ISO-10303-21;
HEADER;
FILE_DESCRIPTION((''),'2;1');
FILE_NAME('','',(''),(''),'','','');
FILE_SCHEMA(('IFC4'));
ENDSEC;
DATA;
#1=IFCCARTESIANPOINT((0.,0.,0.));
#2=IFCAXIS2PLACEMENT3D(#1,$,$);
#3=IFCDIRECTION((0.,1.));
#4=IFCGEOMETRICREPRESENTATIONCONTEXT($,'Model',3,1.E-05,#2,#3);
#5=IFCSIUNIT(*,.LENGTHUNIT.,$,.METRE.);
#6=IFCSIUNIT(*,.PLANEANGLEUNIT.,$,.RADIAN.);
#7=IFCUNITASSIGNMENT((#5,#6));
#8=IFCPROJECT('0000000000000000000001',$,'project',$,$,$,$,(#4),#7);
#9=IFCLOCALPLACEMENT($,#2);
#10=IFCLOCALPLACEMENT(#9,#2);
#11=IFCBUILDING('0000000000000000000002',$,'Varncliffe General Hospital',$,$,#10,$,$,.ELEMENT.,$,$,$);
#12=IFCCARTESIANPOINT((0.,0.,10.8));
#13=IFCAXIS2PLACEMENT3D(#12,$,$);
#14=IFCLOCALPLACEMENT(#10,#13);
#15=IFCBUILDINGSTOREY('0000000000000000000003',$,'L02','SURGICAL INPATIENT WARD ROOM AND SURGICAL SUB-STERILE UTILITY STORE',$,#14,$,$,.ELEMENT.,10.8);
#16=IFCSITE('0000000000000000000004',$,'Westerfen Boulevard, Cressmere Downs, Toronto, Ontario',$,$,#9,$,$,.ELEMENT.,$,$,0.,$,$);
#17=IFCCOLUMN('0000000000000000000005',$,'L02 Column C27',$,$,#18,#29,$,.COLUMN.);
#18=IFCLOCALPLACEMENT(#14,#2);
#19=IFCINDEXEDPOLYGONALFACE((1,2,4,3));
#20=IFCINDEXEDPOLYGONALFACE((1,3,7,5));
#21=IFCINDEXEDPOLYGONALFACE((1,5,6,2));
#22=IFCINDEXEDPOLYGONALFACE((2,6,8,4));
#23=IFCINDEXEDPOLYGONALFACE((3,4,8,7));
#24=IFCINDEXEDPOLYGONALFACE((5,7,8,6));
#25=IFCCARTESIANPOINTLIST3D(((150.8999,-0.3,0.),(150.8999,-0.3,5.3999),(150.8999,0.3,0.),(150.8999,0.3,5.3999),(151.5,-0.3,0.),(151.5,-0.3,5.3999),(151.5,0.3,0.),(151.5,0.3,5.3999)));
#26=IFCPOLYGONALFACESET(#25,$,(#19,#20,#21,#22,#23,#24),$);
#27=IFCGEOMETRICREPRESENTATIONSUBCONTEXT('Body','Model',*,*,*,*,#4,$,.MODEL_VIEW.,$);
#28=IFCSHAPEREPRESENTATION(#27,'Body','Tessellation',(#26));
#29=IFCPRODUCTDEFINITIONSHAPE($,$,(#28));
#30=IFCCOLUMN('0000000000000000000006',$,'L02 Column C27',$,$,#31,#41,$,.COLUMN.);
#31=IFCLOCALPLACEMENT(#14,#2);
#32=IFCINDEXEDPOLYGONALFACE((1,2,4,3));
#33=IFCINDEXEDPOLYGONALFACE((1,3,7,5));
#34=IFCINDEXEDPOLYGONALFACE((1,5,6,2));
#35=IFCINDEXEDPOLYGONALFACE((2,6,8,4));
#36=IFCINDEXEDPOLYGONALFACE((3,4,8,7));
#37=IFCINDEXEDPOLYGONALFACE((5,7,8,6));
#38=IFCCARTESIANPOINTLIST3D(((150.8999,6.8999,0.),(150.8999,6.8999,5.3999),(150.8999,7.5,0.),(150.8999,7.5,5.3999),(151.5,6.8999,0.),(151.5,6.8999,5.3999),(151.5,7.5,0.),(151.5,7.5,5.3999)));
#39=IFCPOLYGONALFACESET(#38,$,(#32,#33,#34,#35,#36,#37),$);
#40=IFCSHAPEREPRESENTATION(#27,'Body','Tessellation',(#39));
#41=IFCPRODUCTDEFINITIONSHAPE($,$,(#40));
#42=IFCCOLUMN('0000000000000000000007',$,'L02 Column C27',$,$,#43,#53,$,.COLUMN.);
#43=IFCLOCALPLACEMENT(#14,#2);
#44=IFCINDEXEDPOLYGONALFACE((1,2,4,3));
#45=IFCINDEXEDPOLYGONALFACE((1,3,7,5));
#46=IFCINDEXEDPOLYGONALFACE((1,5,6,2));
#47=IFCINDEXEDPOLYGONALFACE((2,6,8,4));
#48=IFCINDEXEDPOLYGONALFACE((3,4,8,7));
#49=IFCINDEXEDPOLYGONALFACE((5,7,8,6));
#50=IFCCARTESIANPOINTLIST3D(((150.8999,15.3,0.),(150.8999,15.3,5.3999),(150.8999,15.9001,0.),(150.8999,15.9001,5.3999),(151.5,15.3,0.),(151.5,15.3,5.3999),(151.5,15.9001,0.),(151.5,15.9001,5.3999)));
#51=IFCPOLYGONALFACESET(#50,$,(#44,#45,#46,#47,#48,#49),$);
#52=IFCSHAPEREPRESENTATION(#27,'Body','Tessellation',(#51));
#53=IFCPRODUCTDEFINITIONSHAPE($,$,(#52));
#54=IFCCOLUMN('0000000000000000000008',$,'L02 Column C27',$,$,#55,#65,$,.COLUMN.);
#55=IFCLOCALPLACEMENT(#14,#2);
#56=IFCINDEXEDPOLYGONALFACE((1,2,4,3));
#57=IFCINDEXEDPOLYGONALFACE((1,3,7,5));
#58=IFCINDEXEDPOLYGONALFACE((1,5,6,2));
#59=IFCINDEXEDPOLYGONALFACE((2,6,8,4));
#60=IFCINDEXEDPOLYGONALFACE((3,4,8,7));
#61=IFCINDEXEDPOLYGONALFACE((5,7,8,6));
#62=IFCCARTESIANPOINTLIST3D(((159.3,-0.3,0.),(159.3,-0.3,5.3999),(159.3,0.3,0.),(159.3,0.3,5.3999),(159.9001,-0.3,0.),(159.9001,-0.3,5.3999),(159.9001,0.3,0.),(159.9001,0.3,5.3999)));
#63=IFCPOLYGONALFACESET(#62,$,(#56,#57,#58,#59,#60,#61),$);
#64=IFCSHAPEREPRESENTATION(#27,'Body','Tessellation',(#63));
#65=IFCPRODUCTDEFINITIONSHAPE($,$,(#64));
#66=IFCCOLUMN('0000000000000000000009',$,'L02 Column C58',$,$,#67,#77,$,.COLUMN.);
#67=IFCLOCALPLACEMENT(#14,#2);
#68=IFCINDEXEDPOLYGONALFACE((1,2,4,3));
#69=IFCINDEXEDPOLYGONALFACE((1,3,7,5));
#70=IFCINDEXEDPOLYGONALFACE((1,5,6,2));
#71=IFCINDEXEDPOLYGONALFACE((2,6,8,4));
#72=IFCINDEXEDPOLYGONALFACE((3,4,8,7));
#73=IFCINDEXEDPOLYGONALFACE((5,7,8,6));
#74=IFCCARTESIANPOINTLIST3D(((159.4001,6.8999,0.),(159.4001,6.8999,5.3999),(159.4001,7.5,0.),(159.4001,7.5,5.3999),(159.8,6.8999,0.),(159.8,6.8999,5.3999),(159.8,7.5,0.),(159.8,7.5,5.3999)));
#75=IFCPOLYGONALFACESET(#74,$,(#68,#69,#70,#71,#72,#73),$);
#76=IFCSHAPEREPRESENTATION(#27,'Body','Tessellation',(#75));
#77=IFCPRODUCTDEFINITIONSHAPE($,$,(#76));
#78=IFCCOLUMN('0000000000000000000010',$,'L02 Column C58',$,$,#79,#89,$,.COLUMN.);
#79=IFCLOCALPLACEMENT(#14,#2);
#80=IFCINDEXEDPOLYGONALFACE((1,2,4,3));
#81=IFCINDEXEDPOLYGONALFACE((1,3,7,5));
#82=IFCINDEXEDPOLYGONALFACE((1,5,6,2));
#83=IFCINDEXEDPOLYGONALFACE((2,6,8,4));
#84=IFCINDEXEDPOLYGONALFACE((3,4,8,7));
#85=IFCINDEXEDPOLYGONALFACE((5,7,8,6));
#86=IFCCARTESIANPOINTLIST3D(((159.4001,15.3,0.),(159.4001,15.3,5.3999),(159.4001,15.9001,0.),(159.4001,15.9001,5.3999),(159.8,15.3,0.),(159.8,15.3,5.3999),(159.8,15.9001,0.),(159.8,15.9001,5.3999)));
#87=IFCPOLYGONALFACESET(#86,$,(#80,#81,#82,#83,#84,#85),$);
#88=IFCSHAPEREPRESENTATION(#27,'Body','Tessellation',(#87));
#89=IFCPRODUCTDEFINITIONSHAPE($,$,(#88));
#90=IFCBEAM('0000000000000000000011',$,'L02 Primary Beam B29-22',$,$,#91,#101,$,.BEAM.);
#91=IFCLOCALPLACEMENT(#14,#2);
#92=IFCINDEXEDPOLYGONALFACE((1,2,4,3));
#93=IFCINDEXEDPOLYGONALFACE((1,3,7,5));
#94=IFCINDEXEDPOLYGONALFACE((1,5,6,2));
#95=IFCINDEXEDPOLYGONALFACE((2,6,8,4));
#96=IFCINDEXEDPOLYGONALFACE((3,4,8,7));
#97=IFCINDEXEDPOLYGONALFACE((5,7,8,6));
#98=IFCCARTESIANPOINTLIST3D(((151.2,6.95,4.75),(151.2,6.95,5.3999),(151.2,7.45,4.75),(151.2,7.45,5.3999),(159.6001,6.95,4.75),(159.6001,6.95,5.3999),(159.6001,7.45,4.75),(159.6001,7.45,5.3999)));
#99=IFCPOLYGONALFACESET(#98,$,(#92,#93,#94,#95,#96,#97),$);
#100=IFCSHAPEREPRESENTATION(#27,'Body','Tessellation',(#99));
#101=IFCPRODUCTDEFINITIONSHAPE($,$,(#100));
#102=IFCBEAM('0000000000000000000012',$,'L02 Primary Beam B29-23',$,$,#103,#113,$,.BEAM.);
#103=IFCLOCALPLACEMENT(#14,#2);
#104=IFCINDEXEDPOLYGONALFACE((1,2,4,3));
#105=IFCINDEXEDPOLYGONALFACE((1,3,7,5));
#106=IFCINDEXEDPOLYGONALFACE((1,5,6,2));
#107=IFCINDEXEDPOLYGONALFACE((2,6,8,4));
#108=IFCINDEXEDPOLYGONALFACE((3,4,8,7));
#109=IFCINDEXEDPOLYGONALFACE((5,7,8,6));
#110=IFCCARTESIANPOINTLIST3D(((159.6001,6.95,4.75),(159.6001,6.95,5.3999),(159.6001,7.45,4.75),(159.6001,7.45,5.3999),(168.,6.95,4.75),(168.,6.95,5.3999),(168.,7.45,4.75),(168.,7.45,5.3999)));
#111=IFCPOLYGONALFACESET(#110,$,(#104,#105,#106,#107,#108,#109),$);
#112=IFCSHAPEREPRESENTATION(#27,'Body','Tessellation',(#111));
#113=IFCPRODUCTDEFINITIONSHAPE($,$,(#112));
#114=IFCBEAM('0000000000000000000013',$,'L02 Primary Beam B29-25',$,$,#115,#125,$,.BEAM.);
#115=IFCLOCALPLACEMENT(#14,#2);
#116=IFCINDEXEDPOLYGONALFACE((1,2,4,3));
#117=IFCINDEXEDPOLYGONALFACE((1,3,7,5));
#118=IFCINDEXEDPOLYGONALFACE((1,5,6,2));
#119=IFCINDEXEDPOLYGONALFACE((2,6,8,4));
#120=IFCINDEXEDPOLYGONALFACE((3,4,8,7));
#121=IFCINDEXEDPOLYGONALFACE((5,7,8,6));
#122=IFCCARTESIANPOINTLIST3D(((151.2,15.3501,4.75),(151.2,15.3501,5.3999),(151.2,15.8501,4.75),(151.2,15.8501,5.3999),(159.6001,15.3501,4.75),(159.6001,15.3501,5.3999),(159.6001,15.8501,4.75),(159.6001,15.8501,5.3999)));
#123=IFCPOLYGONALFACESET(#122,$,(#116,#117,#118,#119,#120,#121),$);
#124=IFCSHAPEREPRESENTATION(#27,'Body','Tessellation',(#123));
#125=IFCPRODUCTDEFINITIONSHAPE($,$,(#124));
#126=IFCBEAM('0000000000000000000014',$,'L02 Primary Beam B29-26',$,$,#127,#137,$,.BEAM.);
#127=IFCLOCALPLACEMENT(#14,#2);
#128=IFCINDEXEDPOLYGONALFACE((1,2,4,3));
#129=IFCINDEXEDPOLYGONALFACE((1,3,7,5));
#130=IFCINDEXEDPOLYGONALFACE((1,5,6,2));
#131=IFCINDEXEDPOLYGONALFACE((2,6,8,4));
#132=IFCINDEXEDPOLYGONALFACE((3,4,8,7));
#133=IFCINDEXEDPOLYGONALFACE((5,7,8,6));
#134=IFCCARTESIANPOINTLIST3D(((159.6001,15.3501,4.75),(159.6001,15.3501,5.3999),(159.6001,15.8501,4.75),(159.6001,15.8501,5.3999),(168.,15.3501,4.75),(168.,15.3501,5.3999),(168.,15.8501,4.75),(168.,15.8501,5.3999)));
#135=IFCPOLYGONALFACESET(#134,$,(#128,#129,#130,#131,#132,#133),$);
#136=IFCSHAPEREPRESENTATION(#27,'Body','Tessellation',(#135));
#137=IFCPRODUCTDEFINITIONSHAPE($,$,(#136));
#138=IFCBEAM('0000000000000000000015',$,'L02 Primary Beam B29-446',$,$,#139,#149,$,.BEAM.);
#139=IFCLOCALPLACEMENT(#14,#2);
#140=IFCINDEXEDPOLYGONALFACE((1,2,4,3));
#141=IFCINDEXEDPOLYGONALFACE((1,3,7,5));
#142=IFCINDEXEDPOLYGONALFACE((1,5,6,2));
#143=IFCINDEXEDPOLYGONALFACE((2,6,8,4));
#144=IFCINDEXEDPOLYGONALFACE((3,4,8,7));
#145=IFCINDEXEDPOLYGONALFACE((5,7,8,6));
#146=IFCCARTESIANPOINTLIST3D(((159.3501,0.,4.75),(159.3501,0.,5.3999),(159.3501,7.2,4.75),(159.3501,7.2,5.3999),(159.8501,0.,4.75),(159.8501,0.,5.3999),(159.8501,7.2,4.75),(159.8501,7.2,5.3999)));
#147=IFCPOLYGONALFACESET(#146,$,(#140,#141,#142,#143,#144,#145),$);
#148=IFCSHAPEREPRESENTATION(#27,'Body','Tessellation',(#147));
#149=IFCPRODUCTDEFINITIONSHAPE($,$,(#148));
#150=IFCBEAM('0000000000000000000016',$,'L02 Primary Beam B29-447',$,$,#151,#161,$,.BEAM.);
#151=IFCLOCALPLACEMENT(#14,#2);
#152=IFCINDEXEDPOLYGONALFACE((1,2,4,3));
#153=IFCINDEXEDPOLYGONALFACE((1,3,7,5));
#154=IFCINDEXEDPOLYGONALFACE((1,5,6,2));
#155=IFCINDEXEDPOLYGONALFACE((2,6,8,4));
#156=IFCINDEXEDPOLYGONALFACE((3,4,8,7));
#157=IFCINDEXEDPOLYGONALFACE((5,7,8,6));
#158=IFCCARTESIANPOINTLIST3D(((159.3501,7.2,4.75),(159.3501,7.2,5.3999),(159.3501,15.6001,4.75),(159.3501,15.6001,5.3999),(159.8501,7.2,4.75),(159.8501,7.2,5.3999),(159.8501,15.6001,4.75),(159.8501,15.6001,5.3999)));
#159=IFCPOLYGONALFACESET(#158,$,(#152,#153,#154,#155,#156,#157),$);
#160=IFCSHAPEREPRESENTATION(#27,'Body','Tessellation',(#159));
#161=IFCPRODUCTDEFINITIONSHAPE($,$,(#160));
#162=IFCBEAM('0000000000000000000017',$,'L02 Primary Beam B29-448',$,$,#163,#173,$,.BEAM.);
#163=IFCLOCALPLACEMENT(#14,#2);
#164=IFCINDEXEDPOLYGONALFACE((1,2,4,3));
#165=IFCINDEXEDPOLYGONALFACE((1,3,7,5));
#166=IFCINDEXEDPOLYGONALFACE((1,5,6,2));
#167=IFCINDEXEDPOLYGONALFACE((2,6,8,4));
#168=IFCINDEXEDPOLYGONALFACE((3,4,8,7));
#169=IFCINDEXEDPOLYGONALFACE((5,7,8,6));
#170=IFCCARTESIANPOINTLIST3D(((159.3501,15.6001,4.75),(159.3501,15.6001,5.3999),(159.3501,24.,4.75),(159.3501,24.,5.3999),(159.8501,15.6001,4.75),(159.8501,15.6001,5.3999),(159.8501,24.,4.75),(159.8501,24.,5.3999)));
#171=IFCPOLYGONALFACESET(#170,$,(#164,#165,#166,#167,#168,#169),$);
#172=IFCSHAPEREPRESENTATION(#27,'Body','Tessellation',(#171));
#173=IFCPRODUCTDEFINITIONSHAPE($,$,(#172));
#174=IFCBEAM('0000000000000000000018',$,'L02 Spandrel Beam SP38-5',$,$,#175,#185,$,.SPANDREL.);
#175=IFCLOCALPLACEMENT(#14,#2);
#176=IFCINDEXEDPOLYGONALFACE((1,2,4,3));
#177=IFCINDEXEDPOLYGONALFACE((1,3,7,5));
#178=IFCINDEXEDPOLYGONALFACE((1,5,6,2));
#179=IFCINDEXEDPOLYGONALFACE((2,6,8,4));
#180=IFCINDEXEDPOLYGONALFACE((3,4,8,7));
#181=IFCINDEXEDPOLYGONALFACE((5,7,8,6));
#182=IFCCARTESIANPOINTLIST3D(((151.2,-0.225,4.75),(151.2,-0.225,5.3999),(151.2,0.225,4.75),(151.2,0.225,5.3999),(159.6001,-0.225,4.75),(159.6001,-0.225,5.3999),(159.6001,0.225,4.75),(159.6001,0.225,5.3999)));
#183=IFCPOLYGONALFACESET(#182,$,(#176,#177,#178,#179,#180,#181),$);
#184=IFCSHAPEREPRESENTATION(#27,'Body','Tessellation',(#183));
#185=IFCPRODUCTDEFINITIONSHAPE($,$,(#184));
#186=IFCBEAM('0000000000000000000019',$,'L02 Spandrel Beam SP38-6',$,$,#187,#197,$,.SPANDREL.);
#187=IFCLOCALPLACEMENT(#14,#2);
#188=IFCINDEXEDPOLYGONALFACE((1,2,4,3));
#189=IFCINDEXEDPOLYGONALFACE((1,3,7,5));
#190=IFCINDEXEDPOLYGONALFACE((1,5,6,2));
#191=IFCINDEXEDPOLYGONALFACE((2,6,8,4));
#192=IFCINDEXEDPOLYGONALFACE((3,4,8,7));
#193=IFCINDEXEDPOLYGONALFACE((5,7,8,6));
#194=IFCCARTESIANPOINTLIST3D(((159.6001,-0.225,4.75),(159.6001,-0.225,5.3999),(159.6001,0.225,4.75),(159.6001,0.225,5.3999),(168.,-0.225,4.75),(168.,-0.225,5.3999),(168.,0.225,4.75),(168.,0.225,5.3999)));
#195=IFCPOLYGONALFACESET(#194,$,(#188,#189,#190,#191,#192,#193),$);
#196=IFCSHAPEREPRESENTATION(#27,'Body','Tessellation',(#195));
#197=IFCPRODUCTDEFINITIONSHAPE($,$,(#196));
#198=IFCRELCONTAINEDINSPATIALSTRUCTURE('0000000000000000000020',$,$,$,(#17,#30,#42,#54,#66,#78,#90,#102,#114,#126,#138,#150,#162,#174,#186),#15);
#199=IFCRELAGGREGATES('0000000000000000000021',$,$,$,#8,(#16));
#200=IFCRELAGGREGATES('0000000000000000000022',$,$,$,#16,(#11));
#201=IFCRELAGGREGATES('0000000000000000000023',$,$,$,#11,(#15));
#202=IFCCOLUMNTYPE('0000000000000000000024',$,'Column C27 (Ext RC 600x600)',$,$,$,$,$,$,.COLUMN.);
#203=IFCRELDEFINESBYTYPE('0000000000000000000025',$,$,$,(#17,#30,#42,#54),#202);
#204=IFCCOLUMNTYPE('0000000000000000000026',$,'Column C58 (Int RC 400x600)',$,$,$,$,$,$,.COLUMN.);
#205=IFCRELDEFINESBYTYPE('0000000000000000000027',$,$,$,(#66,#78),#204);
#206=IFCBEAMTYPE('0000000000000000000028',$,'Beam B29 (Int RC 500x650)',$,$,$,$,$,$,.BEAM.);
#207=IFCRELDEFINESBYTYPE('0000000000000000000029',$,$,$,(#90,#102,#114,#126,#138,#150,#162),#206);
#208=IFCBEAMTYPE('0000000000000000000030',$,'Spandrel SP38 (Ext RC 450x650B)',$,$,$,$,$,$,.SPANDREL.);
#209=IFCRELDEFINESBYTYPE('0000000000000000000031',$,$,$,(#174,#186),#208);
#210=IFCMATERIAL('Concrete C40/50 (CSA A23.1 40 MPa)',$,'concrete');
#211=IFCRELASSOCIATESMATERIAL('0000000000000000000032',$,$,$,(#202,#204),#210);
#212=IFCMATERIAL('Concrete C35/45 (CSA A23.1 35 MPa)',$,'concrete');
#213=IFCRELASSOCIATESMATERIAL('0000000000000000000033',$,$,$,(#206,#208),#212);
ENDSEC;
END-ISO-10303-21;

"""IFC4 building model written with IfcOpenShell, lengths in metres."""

from ifc_helpers import new_model, si_unit, direction, frame, origin, origin_2d, place, context, subcontext, project, spatial, rectangle, extrude, material, material_profile, profile_set, type_object, element, save


model = new_model("IFC4")

# Units and contexts
model_context = context("Model", 3, precision=1e-05, world=origin(), true_north=direction((0.0, 1.0)))
body_context = subcontext(model_context, "Body", "Model", "MODEL_VIEW")
ifc_project = project(units=[si_unit("LENGTHUNIT", "METRE"), si_unit("PLANEANGLEUNIT", "RADIAN")], contexts=[model_context])

# Site, building, storey
site_placement = place(None, origin())
site = spatial("IfcSite", under=ifc_project, at=site_placement, Name="Westerfen Boulevard, Cressmere Downs, Toronto, Ontario", CompositionType="ELEMENT", RefElevation=0.0)
building_placement = place(site_placement, origin())
building = spatial("IfcBuilding", under=site, at=building_placement, Name="Varncliffe General Hospital", CompositionType="ELEMENT")
storey_placement = place(building_placement, frame((0.0, 0.0, 10.8)))
storey = spatial("IfcBuildingStorey", under=building, at=storey_placement, Name="L02", Description="SURGICAL INPATIENT WARD ROOM AND SURGICAL SUB-STERILE UTILITY STORE", CompositionType="ELEMENT", Elevation=10.8)

# Columns
ifc_material_1 = material(Name="Concrete C40/50 (CSA A23.1 40 MPa)", Category="concrete")
ifc_material_profile_1 = material_profile(ifc_material_1, rectangle(XDim=0.6001, YDim=0.6001, at=origin_2d()), Name="RC 600x600")
ifc_profile_set_1 = profile_set([ifc_material_profile_1], Name="Concrete C40/50 (CSA A23.1 40 MPa)")
column_type_1 = type_object("IfcColumnType", Name="Column C27 (Ext RC 600x600)", PredefinedType="COLUMN", material=ifc_profile_set_1)
for number, where, z_axis, x_axis, name in (
    (1, (151.2, 0.0, 0.0), (0.0, 0.0, 1.0), (1.0, 0.0, 0.0), "L02 Column C27"),
    (2, (151.2, 7.2, 0.0), (0.0, 0.0, 1.0), (1.0, 0.0, 0.0), "L02 Column C27"),
    (3, (151.2, 15.6001, 0.0), (0.0, 0.0, 1.0), (1.0, 0.0, 0.0), "L02 Column C27"),
    (4, (159.6001, 0.0, 0.0), (0.0, 0.0, 1.0), (1.0, 0.0, 0.0), "L02 Column C27"),
):
    element("IfcColumn", number, at=place(storey_placement, frame(where, z_axis=z_axis, x_axis=x_axis)), inside=storey, type_object=column_type_1, Name=name, PredefinedType="COLUMN", context=body_context, shape_type="SweptSolid", body=[
        extrude(rectangle(XDim=0.6001, YDim=0.6001, at=origin_2d()), origin(), (0.0, 0.0, 1.0), 5.3999),
    ])
ifc_material_profile_2 = material_profile(ifc_material_1, rectangle(XDim=0.3999, YDim=0.6001, at=origin_2d()), Name="RC 400x600")
ifc_profile_set_2 = profile_set([ifc_material_profile_2], Name="Concrete C40/50 (CSA A23.1 40 MPa)")
column_type_2 = type_object("IfcColumnType", Name="Column C58 (Int RC 400x600)", PredefinedType="COLUMN", material=ifc_profile_set_2)
for number, where, z_axis, x_axis, name in (
    (5, (159.6001, 7.2, 0.0), (0.0, 0.0, 1.0), (1.0, 0.0, 0.0), "L02 Column C58"),
    (6, (159.6001, 15.6001, 0.0), (0.0, 0.0, 1.0), (1.0, 0.0, 0.0), "L02 Column C58"),
):
    element("IfcColumn", number, at=place(storey_placement, frame(where, z_axis=z_axis, x_axis=x_axis)), inside=storey, type_object=column_type_2, Name=name, PredefinedType="COLUMN", context=body_context, shape_type="SweptSolid", body=[
        extrude(rectangle(XDim=0.3999, YDim=0.6001, at=origin_2d()), origin(), (0.0, 0.0, 1.0), 5.3999),
    ])

# Beams
ifc_material_2 = material(Name="Concrete C35/45 (CSA A23.1 35 MPa)", Category="concrete")
ifc_material_profile_3 = material_profile(ifc_material_2, rectangle(XDim=0.5, YDim=0.6499, at=origin_2d()), Name="RC 500x650")
ifc_profile_set_3 = profile_set([ifc_material_profile_3], Name="Concrete C35/45 (CSA A23.1 35 MPa)")
beam_type_1 = type_object("IfcBeamType", Name="Beam B29 (Int RC 500x650)", PredefinedType="BEAM", material=ifc_profile_set_3)
beam_1_placement = place(storey_placement, frame((151.2, 7.2, 5.075), z_axis=(1.0, 0.0, 0.0), x_axis=(0.0, 1.0, 0.0)))
element("IfcBeam", 7, at=beam_1_placement, inside=storey, type_object=beam_type_1, Name="L02 Primary Beam B29-22", PredefinedType="BEAM", context=body_context, shape_type="SweptSolid", body=[
    extrude(rectangle(XDim=0.5, YDim=0.6499, at=origin_2d()), origin(), (0.0, 0.0, 1.0), 8.4001),
])
beam_2_placement = place(storey_placement, frame((159.6001, 7.2, 5.075), z_axis=(1.0, 0.0, 0.0), x_axis=(0.0, 1.0, 0.0)))
element("IfcBeam", 8, at=beam_2_placement, inside=storey, type_object=beam_type_1, Name="L02 Primary Beam B29-23", PredefinedType="BEAM", context=body_context, shape_type="SweptSolid", body=[
    extrude(rectangle(XDim=0.5, YDim=0.6499, at=origin_2d()), origin(), (0.0, 0.0, 1.0), 8.3999),
])
beam_3_placement = place(storey_placement, frame((151.2, 15.6001, 5.075), z_axis=(1.0, 0.0, 0.0), x_axis=(0.0, 1.0, 0.0)))
element("IfcBeam", 9, at=beam_3_placement, inside=storey, type_object=beam_type_1, Name="L02 Primary Beam B29-25", PredefinedType="BEAM", context=body_context, shape_type="SweptSolid", body=[
    extrude(rectangle(XDim=0.5, YDim=0.6499, at=origin_2d()), origin(), (0.0, 0.0, 1.0), 8.4001),
])
beam_4_placement = place(storey_placement, frame((159.6001, 15.6001, 5.075), z_axis=(1.0, 0.0, 0.0), x_axis=(0.0, 1.0, 0.0)))
element("IfcBeam", 10, at=beam_4_placement, inside=storey, type_object=beam_type_1, Name="L02 Primary Beam B29-26", PredefinedType="BEAM", context=body_context, shape_type="SweptSolid", body=[
    extrude(rectangle(XDim=0.5, YDim=0.6499, at=origin_2d()), origin(), (0.0, 0.0, 1.0), 8.3999),
])
beam_5_placement = place(storey_placement, frame((159.6001, 0.0, 5.075), z_axis=(0.0, 1.0, 0.0), x_axis=(-1.0, 0.0, 0.0)))
element("IfcBeam", 11, at=beam_5_placement, inside=storey, type_object=beam_type_1, Name="L02 Primary Beam B29-446", PredefinedType="BEAM", context=body_context, shape_type="SweptSolid", body=[
    extrude(rectangle(XDim=0.5, YDim=0.6499, at=origin_2d()), origin(), (0.0, 0.0, 1.0), 7.2),
])
beam_6_placement = place(storey_placement, frame((159.6001, 7.2, 5.075), z_axis=(0.0, 1.0, 0.0), x_axis=(-1.0, 0.0, 0.0)))
element("IfcBeam", 12, at=beam_6_placement, inside=storey, type_object=beam_type_1, Name="L02 Primary Beam B29-447", PredefinedType="BEAM", context=body_context, shape_type="SweptSolid", body=[
    extrude(rectangle(XDim=0.5, YDim=0.6499, at=origin_2d()), origin(), (0.0, 0.0, 1.0), 8.4001),
])
beam_7_placement = place(storey_placement, frame((159.6001, 15.6001, 5.075), z_axis=(0.0, 1.0, 0.0), x_axis=(-1.0, 0.0, 0.0)))
element("IfcBeam", 13, at=beam_7_placement, inside=storey, type_object=beam_type_1, Name="L02 Primary Beam B29-448", PredefinedType="BEAM", context=body_context, shape_type="SweptSolid", body=[
    extrude(rectangle(XDim=0.5, YDim=0.6499, at=origin_2d()), origin(), (0.0, 0.0, 1.0), 8.3999),
])
ifc_material_profile_4 = material_profile(ifc_material_2, rectangle(XDim=0.45, YDim=0.6499, at=origin_2d()), Name="RC 450x650")
ifc_profile_set_4 = profile_set([ifc_material_profile_4], Name="Concrete C35/45 (CSA A23.1 35 MPa)")
beam_type_2 = type_object("IfcBeamType", Name="Spandrel SP38 (Ext RC 450x650B)", PredefinedType="SPANDREL", material=ifc_profile_set_4)
beam_8_placement = place(storey_placement, frame((151.2, 0.0, 5.075), z_axis=(1.0, 0.0, 0.0), x_axis=(0.0, 1.0, 0.0)))
element("IfcBeam", 14, at=beam_8_placement, inside=storey, type_object=beam_type_2, Name="L02 Spandrel Beam SP38-5", PredefinedType="SPANDREL", context=body_context, shape_type="SweptSolid", body=[
    extrude(rectangle(XDim=0.45, YDim=0.6499, at=origin_2d()), origin(), (0.0, 0.0, 1.0), 8.4001),
])
beam_9_placement = place(storey_placement, frame((159.6001, 0.0, 5.075), z_axis=(1.0, 0.0, 0.0), x_axis=(0.0, 1.0, 0.0)))
element("IfcBeam", 15, at=beam_9_placement, inside=storey, type_object=beam_type_2, Name="L02 Spandrel Beam SP38-6", PredefinedType="SPANDREL", context=body_context, shape_type="SweptSolid", body=[
    extrude(rectangle(XDim=0.45, YDim=0.6499, at=origin_2d()), origin(), (0.0, 0.0, 1.0), 8.3999),
])

save(model, "model.ifc")
